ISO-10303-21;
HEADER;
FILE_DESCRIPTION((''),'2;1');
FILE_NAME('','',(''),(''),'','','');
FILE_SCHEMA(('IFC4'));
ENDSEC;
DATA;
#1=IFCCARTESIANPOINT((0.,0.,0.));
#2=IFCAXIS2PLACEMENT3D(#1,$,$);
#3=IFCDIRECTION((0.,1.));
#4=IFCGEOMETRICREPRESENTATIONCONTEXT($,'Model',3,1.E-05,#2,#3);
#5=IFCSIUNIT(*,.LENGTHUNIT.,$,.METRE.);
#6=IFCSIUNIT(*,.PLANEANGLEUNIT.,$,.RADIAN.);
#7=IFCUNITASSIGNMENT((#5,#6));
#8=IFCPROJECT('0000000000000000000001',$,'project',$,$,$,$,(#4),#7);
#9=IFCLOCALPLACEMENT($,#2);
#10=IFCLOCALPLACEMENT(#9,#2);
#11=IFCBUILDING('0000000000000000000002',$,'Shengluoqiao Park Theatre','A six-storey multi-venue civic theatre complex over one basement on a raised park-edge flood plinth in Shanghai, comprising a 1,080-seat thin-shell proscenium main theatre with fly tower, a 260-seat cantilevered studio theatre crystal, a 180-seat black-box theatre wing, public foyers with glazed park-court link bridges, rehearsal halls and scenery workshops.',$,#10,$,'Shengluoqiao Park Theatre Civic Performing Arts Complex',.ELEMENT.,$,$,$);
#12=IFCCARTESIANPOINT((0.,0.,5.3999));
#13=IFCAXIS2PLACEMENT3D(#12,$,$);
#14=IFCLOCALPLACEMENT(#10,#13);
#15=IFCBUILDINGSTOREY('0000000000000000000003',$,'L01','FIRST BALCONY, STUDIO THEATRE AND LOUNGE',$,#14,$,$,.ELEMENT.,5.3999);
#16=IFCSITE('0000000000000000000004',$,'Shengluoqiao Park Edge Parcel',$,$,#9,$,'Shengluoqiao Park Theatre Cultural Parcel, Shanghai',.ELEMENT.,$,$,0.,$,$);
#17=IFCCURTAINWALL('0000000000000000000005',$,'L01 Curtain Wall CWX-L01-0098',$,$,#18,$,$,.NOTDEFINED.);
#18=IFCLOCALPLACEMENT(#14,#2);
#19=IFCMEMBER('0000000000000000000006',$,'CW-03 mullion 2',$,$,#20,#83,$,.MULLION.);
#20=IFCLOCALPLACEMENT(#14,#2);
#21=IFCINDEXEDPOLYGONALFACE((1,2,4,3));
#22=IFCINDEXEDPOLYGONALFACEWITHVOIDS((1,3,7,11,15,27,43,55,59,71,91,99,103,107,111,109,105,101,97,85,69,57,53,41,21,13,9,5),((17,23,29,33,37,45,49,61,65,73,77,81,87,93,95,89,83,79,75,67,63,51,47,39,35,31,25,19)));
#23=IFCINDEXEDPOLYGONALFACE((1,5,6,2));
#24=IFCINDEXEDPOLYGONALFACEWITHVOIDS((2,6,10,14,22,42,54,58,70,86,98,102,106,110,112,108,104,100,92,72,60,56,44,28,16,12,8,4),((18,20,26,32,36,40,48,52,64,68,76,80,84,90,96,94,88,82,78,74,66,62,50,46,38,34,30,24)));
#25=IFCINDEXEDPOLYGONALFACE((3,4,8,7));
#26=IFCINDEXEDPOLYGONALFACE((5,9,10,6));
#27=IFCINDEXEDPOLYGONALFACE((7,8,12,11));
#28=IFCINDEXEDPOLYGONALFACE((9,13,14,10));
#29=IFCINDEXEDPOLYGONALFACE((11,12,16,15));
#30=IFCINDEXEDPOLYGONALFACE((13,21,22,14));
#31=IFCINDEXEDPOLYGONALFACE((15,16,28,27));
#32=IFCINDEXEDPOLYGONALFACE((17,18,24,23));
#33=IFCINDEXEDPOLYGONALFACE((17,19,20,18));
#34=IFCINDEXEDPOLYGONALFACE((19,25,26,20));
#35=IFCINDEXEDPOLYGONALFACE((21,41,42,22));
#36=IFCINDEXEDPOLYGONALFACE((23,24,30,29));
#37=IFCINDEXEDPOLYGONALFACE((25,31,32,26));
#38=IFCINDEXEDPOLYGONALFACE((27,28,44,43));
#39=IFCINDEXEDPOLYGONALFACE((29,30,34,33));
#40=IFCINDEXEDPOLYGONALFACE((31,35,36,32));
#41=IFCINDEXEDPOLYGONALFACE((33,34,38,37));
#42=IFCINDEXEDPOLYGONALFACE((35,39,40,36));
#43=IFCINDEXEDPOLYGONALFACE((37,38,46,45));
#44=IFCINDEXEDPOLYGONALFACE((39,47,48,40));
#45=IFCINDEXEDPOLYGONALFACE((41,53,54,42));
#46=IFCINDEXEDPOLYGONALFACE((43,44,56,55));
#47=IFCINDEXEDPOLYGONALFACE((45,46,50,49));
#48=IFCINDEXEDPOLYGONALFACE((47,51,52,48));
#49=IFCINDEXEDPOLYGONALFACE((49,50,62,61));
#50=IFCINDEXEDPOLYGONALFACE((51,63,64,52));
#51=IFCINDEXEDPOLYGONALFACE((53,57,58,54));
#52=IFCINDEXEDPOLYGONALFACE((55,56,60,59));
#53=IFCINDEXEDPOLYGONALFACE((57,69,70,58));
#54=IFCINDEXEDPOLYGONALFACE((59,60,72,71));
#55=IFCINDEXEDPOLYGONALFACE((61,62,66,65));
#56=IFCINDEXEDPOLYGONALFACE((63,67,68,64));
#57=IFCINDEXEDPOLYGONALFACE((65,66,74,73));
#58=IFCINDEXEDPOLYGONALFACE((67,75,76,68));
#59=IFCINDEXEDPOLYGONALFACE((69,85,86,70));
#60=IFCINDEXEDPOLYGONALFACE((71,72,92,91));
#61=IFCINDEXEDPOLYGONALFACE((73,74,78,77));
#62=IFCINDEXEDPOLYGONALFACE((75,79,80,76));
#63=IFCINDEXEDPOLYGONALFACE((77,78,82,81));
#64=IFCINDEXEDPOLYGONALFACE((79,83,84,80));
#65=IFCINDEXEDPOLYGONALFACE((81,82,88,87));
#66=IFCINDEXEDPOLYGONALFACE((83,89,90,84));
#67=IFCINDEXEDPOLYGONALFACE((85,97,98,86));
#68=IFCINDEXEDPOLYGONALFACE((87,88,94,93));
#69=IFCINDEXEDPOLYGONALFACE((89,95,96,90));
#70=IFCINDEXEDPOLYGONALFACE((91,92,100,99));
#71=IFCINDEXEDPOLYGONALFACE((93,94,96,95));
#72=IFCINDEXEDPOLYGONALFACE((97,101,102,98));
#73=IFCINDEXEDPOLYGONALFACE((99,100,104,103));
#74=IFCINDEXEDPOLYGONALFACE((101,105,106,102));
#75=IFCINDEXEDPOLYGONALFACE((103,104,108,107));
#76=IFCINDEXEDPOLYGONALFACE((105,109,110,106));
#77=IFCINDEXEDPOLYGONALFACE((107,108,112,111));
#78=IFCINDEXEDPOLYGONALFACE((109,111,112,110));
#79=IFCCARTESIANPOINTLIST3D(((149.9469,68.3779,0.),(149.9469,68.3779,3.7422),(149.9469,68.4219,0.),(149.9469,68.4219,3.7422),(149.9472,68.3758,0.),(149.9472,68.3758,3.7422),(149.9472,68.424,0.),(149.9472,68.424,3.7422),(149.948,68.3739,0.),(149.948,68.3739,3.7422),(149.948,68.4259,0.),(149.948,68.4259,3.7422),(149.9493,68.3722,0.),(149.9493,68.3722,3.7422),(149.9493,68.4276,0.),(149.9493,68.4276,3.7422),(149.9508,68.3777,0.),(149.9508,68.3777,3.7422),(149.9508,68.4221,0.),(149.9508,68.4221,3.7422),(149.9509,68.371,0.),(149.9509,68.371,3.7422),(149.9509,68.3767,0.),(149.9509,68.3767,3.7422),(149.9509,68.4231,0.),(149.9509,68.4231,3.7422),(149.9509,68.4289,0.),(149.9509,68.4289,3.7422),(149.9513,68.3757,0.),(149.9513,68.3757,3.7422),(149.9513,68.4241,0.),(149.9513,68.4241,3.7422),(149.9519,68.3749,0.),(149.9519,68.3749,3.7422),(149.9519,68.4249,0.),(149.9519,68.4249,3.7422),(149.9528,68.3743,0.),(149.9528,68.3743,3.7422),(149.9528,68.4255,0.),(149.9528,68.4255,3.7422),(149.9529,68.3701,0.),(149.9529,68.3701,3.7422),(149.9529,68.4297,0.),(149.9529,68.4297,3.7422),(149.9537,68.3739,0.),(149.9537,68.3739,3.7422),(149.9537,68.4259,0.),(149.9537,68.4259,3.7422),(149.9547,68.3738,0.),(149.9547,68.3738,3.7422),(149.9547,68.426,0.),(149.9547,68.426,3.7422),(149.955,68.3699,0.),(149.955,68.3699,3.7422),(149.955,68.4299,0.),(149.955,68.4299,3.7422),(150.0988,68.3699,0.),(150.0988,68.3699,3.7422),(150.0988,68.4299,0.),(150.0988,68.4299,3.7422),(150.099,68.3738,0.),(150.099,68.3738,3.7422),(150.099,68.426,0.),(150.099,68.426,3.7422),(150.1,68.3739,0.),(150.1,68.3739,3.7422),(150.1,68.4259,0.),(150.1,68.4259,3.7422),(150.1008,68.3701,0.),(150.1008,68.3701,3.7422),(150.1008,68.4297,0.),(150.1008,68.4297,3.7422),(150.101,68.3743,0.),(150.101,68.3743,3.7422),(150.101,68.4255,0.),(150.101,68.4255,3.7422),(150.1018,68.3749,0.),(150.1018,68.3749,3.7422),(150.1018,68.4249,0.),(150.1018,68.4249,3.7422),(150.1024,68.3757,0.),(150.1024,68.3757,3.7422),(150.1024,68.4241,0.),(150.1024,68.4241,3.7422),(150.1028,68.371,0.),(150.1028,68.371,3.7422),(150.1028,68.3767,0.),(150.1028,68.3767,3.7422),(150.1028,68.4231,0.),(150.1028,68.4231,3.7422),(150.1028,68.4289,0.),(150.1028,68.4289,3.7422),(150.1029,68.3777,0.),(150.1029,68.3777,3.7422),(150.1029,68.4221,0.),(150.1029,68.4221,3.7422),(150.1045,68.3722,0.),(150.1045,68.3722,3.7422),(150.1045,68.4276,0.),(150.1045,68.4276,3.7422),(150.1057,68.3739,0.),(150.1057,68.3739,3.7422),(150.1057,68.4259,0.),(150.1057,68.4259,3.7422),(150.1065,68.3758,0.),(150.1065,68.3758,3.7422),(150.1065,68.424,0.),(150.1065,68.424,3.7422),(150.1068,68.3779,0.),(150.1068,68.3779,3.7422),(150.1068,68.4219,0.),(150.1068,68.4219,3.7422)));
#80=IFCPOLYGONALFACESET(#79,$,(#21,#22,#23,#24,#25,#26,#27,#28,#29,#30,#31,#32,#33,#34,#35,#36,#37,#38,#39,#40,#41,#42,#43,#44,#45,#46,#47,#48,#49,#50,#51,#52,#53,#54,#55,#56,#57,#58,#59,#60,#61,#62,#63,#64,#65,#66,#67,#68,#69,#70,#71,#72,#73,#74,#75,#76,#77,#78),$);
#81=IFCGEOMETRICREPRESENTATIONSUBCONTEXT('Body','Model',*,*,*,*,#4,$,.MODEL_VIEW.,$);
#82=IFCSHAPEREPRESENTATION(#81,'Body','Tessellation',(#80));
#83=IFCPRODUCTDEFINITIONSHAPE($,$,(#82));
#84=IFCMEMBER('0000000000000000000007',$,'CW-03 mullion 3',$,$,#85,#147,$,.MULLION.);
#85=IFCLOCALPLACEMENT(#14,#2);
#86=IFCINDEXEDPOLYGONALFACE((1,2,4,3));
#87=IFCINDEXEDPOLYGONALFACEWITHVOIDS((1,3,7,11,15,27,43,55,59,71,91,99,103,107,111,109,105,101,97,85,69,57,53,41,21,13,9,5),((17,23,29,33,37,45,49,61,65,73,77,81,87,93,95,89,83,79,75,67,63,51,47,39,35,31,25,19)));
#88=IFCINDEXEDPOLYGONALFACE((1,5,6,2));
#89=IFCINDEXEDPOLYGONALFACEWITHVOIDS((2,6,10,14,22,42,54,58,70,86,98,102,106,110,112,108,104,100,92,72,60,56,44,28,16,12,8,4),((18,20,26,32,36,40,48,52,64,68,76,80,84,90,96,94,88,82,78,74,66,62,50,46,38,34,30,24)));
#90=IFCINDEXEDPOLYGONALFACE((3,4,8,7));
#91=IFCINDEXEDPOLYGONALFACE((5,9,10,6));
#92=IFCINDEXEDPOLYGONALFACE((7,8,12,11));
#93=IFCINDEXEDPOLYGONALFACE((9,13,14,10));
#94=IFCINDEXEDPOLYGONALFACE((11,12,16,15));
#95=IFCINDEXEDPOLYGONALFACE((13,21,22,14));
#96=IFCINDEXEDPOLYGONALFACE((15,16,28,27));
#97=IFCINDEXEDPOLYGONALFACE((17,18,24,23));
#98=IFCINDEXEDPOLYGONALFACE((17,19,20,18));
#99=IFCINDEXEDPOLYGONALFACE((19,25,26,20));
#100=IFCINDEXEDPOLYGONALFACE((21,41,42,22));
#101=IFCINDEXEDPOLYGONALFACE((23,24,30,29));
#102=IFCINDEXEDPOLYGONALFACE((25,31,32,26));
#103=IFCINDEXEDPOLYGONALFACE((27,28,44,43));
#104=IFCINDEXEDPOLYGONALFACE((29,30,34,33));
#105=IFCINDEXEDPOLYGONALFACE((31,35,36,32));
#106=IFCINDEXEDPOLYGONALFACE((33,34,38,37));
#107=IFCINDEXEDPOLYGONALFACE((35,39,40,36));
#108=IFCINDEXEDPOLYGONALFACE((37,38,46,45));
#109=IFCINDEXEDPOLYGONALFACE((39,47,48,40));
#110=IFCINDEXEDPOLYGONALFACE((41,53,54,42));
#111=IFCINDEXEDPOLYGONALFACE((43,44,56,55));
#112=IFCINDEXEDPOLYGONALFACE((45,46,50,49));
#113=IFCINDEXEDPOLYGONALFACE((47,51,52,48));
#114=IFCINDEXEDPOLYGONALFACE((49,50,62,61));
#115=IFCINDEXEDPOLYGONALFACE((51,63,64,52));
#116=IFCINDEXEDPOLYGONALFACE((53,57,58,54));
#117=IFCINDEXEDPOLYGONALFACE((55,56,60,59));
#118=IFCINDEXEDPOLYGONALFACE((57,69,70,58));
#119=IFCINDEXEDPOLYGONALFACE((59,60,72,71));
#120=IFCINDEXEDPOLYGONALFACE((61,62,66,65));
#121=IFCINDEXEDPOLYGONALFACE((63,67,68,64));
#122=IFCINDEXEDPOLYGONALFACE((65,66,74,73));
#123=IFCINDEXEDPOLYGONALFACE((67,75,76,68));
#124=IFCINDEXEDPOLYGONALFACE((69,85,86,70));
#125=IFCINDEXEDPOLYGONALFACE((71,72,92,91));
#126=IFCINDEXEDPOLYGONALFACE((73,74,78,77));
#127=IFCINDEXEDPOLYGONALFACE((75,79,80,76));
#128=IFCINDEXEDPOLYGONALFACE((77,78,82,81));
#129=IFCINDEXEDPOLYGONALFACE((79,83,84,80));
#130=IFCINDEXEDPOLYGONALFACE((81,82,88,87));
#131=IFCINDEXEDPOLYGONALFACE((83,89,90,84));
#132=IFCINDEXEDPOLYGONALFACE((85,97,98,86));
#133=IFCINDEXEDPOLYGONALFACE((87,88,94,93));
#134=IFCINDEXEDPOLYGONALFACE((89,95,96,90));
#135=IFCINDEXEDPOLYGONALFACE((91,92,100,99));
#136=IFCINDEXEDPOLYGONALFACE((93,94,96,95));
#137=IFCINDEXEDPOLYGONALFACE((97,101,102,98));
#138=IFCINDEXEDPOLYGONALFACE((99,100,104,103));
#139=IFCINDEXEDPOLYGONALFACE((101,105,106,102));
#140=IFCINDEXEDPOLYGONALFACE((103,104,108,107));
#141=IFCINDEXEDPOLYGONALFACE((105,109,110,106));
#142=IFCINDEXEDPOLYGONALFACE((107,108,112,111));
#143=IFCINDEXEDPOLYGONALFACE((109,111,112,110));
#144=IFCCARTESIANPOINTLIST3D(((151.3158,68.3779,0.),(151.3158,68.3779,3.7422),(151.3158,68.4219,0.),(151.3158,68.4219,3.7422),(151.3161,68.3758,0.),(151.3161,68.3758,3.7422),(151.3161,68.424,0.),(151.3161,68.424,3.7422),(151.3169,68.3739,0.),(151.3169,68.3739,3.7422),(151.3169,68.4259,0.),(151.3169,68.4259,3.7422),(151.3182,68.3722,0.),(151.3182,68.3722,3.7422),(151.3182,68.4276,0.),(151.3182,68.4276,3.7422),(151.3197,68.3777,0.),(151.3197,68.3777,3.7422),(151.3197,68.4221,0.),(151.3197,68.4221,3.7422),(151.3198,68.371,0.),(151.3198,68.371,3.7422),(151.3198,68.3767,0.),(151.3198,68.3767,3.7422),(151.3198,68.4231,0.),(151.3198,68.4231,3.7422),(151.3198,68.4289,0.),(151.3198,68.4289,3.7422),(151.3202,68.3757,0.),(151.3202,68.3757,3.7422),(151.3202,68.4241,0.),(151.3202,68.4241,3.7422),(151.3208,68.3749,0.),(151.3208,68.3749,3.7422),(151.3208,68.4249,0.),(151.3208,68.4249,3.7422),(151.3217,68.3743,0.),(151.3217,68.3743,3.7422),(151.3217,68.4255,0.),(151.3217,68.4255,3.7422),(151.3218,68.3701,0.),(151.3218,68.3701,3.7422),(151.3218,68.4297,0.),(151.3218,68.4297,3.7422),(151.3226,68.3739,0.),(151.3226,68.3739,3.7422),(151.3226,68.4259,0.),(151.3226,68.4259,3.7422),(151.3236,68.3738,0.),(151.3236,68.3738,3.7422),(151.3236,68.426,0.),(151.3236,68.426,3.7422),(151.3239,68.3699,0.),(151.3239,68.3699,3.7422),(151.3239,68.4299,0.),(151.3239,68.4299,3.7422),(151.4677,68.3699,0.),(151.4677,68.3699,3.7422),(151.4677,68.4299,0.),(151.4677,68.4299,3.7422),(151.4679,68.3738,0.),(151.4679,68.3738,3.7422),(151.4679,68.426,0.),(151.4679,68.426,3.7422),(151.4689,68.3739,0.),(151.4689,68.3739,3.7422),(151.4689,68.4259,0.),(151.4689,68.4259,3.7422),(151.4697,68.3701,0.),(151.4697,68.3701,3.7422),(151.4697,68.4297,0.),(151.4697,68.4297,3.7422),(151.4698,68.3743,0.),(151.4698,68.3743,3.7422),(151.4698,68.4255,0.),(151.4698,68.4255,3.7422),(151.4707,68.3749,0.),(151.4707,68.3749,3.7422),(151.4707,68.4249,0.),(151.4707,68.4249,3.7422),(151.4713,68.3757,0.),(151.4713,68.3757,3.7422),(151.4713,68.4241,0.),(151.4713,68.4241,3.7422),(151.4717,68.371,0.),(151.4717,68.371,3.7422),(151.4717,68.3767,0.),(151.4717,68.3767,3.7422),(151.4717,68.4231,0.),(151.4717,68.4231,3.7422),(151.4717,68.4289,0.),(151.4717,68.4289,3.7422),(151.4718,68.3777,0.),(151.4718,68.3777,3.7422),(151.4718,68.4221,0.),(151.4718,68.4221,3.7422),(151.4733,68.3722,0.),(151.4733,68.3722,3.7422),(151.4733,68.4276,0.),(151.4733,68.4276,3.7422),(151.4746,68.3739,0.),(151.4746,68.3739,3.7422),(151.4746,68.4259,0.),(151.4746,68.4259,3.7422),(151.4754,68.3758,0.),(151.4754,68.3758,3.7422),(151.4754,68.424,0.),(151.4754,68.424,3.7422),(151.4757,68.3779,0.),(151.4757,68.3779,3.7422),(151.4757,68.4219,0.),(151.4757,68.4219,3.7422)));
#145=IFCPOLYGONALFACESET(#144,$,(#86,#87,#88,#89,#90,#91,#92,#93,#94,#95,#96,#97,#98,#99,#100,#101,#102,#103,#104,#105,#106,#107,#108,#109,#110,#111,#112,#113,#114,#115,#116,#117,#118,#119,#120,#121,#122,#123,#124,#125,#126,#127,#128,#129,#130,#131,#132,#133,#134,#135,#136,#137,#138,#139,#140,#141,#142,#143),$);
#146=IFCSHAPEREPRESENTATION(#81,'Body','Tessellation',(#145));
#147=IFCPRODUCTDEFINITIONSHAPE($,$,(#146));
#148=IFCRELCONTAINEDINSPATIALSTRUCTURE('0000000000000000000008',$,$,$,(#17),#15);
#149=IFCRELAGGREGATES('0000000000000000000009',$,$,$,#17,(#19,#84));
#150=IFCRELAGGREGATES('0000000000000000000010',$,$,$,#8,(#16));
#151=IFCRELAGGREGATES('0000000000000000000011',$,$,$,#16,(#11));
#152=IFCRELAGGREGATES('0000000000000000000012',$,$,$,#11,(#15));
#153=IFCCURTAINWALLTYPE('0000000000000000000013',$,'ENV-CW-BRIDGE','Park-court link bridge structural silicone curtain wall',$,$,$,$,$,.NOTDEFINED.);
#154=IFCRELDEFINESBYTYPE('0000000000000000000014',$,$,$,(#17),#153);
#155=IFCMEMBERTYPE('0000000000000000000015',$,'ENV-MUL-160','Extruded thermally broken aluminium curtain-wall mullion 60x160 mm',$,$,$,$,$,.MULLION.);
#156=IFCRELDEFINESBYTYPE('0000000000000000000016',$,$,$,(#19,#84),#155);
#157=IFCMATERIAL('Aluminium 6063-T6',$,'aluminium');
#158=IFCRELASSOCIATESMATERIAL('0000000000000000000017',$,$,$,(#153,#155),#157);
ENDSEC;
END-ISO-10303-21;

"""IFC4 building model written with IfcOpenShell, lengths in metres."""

from ifc_helpers import new_model, si_unit, direction, frame, origin, origin_2d, place, context, subcontext, project, spatial, hollow_rectangle, extrude, material, material_profile, profile_set, type_object, element, aggregate, save


model = new_model("IFC4")

# Units and contexts
model_context = context("Model", 3, precision=1e-05, world=origin(), true_north=direction((0.0, 1.0)))
body_context = subcontext(model_context, "Body", "Model", "MODEL_VIEW")
ifc_project = project(units=[si_unit("LENGTHUNIT", "METRE"), si_unit("PLANEANGLEUNIT", "RADIAN")], contexts=[model_context])

# Site, building, storey
site_placement = place(None, origin())
site = spatial("IfcSite", under=ifc_project, at=site_placement, Name="Shengluoqiao Park Edge Parcel", LongName="Shengluoqiao Park Theatre Cultural Parcel, Shanghai", CompositionType="ELEMENT", RefElevation=0.0)
building_placement = place(site_placement, origin())
building = spatial("IfcBuilding", under=site, at=building_placement, Name="Shengluoqiao Park Theatre", Description="A six-storey multi-venue civic theatre complex over one basement on a raised park-edge flood plinth in Shanghai, comprising a 1,080-seat thin-shell proscenium main theatre with fly tower, a 260-seat cantilevered studio theatre crystal, a 180-seat black-box theatre wing, public foyers with glazed park-court link bridges, rehearsal halls and scenery workshops.", LongName="Shengluoqiao Park Theatre Civic Performing Arts Complex", CompositionType="ELEMENT")
storey_placement = place(building_placement, frame((0.0, 0.0, 5.3999)))
storey = spatial("IfcBuildingStorey", under=building, at=storey_placement, Name="L01", Description="FIRST BALCONY, STUDIO THEATRE AND LOUNGE", CompositionType="ELEMENT", Elevation=5.3999)

# Curtain wall, members
ifc_material_1 = material(Name="Aluminium 6063-T6", Category="aluminium")
curtain_wall_type = type_object("IfcCurtainWallType", Name="ENV-CW-BRIDGE", Description="Park-court link bridge structural silicone curtain wall", PredefinedType="NOTDEFINED", material=ifc_material_1)
ifc_material_profile_1 = material_profile(ifc_material_1, hollow_rectangle(XDim=0.0601, YDim=0.1599, WallThickness=0.0039, InnerFilletRadius=0.0039, OuterFilletRadius=0.0081, at=origin_2d()), Name="ALU MULLION 160x60x4")
ifc_profile_set_1 = profile_set([ifc_material_profile_1], Name="Aluminium 6063-T6")
member_type_1 = type_object("IfcMemberType", Name="ENV-MUL-160", Description="Extruded thermally broken aluminium curtain-wall mullion 60x160 mm", PredefinedType="MULLION", material=ifc_profile_set_1)
curtain_wall_1_placement = place(storey_placement, origin())
curtain_wall_1 = element("IfcCurtainWall", 1, at=curtain_wall_1_placement, inside=storey, type_object=curtain_wall_type, Name="L01 Curtain Wall CWX-L01-0098", PredefinedType="NOTDEFINED")
member_1_placement = place(storey_placement, frame((150.0269, 68.3999, 0.0), z_axis=(0.0, 0.0, 1.0), x_axis=(0.0, 1.0, 0.0)))
member_1 = element("IfcMember", 2, at=member_1_placement, type_object=member_type_1, Name="CW-03 mullion 2", PredefinedType="MULLION", context=body_context, shape_type="SweptSolid", body=[
    extrude(hollow_rectangle(XDim=0.0601, YDim=0.1599, WallThickness=0.0039, InnerFilletRadius=0.0039, OuterFilletRadius=0.0081, at=origin_2d()), origin(), (0.0, 0.0, 1.0), 3.7422),
])
member_2_placement = place(storey_placement, frame((151.3958, 68.3999, 0.0), z_axis=(0.0, 0.0, 1.0), x_axis=(0.0, 1.0, 0.0)))
member_2 = element("IfcMember", 3, at=member_2_placement, type_object=member_type_1, Name="CW-03 mullion 3", PredefinedType="MULLION", context=body_context, shape_type="SweptSolid", body=[
    extrude(hollow_rectangle(XDim=0.0601, YDim=0.1599, WallThickness=0.0039, InnerFilletRadius=0.0039, OuterFilletRadius=0.0081, at=origin_2d()), origin(), (0.0, 0.0, 1.0), 3.7422),
])

aggregate(curtain_wall_1, [member_1, member_2])

save(model, "model.ifc")
